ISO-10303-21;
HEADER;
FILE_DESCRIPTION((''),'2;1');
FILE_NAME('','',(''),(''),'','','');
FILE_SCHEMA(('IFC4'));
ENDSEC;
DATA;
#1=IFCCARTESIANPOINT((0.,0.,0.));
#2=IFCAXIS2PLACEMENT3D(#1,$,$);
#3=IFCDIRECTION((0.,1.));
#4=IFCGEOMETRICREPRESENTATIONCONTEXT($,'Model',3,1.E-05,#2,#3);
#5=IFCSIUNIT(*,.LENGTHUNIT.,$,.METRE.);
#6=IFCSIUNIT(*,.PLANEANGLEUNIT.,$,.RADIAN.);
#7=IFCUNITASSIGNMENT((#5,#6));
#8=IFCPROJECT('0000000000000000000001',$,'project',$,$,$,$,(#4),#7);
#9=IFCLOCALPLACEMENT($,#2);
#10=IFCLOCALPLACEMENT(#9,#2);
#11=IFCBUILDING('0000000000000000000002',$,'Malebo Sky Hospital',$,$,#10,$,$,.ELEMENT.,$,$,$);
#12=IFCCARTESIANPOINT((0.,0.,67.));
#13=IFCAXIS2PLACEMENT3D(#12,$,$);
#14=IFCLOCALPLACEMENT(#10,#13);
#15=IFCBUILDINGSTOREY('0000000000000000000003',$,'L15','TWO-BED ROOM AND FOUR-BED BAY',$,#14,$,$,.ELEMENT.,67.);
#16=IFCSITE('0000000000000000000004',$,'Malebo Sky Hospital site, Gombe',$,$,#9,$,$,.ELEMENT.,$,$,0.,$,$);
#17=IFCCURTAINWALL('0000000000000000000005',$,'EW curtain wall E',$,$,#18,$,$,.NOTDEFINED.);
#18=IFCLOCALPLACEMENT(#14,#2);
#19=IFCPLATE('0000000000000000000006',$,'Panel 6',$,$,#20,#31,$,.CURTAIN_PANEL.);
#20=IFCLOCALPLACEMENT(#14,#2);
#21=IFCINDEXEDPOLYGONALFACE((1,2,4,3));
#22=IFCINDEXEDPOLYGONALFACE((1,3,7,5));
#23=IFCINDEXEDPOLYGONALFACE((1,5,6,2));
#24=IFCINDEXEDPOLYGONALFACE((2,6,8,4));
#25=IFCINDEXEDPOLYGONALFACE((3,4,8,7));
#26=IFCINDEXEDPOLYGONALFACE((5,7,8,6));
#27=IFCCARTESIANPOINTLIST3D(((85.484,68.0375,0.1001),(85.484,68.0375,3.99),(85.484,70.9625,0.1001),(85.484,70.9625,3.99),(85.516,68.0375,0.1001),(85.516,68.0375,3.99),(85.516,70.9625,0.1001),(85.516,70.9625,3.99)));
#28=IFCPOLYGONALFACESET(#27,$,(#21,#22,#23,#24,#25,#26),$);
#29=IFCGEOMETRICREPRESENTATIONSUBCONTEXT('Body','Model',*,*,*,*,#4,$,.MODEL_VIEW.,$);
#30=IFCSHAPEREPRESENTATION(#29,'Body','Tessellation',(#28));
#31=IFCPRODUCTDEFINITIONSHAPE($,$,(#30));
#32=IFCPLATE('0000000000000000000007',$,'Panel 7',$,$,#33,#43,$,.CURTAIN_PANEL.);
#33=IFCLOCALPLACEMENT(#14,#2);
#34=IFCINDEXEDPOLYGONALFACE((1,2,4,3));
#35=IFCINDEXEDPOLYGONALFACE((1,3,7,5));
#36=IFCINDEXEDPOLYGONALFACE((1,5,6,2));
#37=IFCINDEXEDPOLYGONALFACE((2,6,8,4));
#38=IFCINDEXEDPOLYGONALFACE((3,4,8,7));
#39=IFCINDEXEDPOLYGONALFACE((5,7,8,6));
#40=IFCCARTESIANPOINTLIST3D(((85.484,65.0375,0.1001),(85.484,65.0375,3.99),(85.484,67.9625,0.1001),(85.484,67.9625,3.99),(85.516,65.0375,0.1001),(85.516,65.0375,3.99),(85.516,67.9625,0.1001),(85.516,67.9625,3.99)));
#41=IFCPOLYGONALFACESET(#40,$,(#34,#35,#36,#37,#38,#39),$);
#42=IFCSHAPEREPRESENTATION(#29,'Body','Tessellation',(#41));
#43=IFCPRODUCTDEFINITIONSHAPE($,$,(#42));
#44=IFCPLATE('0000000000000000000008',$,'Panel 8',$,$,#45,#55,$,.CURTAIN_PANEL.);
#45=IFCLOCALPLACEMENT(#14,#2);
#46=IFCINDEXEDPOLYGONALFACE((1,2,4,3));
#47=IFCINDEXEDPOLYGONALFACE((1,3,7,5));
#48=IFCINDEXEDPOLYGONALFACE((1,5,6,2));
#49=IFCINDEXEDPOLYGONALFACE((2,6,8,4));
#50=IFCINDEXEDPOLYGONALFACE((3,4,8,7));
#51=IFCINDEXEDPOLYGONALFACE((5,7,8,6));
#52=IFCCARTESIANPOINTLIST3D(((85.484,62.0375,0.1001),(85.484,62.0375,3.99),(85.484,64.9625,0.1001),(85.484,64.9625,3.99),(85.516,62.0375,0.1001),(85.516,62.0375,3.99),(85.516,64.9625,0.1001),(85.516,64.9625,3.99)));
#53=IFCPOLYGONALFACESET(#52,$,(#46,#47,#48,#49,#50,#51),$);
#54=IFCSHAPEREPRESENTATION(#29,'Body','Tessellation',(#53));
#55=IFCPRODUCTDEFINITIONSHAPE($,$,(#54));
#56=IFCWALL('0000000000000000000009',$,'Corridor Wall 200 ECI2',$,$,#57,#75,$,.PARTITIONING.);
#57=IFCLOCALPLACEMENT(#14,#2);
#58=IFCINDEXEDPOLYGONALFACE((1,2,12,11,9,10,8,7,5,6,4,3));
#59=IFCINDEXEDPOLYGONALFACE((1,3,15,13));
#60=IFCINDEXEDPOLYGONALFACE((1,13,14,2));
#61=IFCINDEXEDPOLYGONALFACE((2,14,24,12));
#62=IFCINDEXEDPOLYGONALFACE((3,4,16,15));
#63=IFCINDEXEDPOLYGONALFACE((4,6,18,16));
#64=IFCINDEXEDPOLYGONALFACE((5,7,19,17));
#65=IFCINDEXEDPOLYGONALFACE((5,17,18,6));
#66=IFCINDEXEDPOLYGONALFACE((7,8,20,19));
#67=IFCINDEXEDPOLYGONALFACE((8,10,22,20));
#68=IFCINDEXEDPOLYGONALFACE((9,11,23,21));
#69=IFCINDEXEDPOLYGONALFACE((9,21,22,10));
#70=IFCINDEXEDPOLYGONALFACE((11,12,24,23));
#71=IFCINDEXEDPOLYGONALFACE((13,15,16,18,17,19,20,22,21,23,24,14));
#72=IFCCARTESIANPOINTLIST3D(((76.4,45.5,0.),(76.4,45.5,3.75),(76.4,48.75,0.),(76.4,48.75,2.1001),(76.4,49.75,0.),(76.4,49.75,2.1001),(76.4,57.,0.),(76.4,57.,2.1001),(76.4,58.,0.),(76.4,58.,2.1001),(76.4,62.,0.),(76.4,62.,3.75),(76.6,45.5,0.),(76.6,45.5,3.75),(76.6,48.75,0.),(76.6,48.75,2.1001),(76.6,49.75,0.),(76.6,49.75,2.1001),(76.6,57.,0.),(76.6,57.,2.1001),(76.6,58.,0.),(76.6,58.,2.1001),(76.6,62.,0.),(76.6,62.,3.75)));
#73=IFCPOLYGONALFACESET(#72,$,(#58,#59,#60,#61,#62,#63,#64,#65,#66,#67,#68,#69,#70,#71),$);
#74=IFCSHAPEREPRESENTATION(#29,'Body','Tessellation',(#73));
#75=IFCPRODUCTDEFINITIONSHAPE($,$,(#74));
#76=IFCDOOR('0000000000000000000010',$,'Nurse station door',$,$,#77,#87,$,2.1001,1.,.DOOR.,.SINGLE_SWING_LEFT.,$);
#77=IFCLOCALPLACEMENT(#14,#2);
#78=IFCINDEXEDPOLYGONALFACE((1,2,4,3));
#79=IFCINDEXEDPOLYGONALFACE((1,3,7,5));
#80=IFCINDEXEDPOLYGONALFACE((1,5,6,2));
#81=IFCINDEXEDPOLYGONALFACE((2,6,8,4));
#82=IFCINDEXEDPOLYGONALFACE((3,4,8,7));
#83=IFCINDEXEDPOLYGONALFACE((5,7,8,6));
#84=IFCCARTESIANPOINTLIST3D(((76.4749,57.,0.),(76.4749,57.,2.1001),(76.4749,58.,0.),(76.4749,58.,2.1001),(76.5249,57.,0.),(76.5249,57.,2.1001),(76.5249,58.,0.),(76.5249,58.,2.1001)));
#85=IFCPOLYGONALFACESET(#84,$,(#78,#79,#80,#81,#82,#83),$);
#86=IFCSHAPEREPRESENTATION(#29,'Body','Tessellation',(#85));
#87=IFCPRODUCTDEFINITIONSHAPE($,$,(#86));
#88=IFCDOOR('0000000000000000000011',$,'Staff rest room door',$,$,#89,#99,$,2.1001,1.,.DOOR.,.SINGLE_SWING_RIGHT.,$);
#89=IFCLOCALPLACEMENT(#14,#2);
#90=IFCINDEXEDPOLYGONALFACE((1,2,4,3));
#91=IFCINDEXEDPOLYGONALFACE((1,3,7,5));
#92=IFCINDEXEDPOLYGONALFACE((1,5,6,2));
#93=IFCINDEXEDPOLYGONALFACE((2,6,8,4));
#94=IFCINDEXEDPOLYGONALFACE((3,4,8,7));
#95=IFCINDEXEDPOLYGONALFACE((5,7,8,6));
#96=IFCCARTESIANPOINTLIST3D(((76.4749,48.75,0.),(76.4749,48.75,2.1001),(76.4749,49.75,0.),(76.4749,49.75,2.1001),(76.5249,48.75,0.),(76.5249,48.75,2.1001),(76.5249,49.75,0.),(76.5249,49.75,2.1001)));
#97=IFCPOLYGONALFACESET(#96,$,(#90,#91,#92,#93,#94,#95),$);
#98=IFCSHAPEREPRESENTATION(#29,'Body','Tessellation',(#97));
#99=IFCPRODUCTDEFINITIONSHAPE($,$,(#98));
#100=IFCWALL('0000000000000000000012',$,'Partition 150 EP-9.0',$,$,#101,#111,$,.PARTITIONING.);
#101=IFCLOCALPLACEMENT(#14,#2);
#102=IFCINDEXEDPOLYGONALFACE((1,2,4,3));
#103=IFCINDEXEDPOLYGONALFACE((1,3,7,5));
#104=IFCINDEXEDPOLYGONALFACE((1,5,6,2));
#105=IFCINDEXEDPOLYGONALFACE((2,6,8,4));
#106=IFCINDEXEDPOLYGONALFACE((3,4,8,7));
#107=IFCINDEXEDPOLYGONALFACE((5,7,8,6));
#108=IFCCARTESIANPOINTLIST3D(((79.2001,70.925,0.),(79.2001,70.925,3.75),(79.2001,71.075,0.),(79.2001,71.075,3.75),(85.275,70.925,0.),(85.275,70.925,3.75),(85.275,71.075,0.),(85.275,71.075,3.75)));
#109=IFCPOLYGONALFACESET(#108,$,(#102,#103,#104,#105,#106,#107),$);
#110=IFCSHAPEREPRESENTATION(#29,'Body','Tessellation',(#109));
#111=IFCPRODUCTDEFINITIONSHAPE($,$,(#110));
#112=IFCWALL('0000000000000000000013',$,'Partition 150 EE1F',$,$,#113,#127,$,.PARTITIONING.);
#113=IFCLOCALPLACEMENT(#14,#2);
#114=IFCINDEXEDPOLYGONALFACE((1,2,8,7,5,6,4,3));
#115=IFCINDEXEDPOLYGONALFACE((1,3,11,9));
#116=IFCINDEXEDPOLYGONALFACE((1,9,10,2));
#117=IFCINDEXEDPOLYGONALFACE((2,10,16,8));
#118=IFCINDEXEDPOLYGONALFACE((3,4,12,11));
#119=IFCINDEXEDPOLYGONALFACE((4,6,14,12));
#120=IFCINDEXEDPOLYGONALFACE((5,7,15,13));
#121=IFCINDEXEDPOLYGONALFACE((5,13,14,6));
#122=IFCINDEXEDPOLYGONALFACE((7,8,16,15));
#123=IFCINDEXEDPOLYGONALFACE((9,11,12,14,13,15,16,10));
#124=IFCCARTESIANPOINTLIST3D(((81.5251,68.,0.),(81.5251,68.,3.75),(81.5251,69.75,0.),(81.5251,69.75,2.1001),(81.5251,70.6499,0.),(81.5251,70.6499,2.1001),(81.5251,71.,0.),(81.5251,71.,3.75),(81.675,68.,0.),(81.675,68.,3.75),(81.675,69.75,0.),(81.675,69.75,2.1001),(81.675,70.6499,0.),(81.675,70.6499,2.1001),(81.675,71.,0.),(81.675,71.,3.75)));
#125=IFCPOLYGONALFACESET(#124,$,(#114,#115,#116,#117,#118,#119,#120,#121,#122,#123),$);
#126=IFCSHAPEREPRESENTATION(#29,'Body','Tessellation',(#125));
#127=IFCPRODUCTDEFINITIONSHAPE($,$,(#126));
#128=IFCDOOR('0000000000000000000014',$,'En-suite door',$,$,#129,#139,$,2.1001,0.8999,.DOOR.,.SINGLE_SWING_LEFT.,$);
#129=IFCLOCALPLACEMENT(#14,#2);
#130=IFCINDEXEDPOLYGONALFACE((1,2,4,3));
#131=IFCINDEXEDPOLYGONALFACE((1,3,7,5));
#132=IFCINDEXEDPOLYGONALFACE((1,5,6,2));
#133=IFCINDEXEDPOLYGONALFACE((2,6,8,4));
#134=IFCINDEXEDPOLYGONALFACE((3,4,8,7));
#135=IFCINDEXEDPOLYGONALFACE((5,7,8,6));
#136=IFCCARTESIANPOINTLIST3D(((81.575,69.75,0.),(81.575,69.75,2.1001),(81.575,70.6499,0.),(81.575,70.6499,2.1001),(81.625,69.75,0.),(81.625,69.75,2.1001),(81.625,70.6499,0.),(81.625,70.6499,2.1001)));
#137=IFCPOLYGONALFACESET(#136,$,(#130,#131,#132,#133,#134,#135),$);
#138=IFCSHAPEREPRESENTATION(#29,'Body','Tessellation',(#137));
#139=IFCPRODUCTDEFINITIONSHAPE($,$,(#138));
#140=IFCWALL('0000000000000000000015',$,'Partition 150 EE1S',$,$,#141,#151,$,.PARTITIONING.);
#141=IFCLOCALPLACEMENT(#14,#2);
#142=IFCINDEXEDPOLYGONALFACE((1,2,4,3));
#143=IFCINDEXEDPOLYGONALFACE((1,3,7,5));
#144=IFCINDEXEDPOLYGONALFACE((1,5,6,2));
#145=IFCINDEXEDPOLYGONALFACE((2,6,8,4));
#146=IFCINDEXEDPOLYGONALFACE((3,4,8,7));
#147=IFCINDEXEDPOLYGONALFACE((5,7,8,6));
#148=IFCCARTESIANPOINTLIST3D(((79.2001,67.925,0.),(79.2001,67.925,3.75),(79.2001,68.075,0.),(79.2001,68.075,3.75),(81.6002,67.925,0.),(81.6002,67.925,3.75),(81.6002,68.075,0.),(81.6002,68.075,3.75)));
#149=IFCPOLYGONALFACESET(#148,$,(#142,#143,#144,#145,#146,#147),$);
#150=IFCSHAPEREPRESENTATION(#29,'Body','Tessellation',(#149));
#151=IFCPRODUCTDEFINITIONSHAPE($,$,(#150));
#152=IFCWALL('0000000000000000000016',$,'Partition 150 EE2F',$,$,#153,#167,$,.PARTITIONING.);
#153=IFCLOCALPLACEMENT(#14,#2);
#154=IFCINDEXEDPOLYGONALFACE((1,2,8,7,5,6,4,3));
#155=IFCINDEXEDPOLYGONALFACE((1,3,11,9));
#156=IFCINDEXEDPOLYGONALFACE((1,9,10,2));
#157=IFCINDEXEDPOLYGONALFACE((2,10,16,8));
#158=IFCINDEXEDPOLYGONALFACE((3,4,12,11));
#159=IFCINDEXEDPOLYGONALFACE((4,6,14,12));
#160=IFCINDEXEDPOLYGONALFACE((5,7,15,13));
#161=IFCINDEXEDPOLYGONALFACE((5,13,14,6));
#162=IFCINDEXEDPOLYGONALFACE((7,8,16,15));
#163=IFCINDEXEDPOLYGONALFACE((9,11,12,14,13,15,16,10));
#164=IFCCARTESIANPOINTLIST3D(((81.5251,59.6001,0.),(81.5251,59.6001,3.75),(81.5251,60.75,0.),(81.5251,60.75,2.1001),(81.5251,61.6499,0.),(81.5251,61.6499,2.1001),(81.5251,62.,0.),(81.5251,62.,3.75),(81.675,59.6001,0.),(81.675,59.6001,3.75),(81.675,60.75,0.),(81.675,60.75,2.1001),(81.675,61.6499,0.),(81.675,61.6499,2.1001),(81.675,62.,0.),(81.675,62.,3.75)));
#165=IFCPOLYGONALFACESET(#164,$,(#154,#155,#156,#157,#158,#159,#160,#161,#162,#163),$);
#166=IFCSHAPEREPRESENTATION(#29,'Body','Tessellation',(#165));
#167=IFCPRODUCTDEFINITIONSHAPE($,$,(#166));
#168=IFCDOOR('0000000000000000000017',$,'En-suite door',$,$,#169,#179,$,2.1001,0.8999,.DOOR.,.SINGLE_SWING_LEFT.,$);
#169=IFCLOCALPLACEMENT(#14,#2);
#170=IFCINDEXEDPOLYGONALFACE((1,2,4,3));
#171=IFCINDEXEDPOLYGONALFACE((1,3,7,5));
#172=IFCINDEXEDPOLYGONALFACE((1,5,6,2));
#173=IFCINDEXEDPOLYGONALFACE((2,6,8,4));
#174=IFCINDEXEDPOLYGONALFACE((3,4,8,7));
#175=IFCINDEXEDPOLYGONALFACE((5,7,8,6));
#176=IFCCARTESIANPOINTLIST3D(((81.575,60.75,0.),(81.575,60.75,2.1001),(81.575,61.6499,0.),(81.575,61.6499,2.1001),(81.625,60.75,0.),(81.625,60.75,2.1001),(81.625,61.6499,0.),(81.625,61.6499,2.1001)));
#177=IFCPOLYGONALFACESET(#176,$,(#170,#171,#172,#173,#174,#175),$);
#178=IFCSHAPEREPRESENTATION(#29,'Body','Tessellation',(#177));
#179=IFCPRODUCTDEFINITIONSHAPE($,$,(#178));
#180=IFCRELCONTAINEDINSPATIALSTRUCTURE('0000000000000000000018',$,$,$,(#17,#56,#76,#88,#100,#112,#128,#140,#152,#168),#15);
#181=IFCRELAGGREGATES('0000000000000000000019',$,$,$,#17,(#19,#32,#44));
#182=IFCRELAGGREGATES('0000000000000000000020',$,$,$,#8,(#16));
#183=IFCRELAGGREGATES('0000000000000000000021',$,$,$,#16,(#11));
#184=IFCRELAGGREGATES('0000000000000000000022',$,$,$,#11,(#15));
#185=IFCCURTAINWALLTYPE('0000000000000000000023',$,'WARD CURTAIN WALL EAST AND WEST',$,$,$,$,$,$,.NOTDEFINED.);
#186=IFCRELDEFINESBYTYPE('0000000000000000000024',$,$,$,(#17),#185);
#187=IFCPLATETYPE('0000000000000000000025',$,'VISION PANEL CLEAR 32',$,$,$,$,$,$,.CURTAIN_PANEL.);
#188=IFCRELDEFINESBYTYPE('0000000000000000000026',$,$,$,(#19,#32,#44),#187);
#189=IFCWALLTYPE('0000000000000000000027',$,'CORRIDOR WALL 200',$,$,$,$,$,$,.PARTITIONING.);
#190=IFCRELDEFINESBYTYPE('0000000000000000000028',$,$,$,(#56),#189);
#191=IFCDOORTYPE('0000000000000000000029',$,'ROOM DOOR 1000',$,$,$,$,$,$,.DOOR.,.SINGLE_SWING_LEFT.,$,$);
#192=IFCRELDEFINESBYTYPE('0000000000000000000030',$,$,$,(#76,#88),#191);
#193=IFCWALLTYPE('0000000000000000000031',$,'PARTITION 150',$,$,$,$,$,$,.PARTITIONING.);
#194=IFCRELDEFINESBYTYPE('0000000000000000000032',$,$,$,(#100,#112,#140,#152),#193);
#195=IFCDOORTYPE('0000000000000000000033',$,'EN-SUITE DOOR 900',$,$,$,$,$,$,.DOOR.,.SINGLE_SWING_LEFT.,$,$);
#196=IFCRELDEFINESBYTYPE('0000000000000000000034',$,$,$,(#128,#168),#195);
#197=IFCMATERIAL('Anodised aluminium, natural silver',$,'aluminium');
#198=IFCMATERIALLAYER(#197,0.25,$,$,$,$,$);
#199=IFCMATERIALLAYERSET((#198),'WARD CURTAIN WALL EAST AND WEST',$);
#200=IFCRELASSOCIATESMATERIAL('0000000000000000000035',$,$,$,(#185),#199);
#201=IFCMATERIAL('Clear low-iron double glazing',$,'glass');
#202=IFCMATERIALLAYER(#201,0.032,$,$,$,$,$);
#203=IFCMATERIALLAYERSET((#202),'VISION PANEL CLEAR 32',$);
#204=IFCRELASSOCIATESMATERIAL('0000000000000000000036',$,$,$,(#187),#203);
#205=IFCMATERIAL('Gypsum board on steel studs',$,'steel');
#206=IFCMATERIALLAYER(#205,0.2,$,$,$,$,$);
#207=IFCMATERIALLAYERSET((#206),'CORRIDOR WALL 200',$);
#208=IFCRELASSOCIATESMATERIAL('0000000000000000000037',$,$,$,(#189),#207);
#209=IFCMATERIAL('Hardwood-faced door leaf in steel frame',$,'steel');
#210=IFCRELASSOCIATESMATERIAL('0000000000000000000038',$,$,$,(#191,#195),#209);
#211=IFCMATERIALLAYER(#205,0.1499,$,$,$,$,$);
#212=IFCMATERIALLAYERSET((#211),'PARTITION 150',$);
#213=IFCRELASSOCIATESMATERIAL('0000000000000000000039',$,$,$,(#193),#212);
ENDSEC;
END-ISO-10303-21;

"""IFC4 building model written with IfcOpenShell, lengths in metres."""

from ifc_helpers import new_model, si_unit, direction, frame, frame_2d, origin, origin_2d, place, context, subcontext, project, spatial, rectangle, extrude, material, layer, layer_set, type_object, element, fill, aggregate, save


model = new_model("IFC4")

# Units and contexts
model_context = context("Model", 3, precision=1e-05, world=origin(), true_north=direction((0.0, 1.0)))
body_context = subcontext(model_context, "Body", "Model", "MODEL_VIEW")
ifc_project = project(units=[si_unit("LENGTHUNIT", "METRE"), si_unit("PLANEANGLEUNIT", "RADIAN")], contexts=[model_context])

# Site, building, storey
site_placement = place(None, origin())
site = spatial("IfcSite", under=ifc_project, at=site_placement, Name="Malebo Sky Hospital site, Gombe", CompositionType="ELEMENT", RefElevation=0.0)
building_placement = place(site_placement, origin())
building = spatial("IfcBuilding", under=site, at=building_placement, Name="Malebo Sky Hospital", CompositionType="ELEMENT")
storey_placement = place(building_placement, frame((0.0, 0.0, 67.0)))
storey = spatial("IfcBuildingStorey", under=building, at=storey_placement, Name="L15", Description="TWO-BED ROOM AND FOUR-BED BAY", CompositionType="ELEMENT", Elevation=67.0)

# Curtain wall
ifc_material_1 = material(Name="Anodised aluminium, natural silver", Category="aluminium")
ifc_layer_1 = layer(ifc_material_1, 0.25)
ifc_layer_set_1 = layer_set([ifc_layer_1], Name="WARD CURTAIN WALL EAST AND WEST")
curtain_wall_type = type_object("IfcCurtainWallType", Name="WARD CURTAIN WALL EAST AND WEST", PredefinedType="NOTDEFINED", material=ifc_layer_set_1)
curtain_wall_placement = place(storey_placement, origin())
curtain_wall = element("IfcCurtainWall", 1, at=curtain_wall_placement, inside=storey, type_object=curtain_wall_type, Name="EW curtain wall E", PredefinedType="NOTDEFINED")

# Plates
ifc_material_2 = material(Name="Clear low-iron double glazing", Category="glass")
ifc_layer_2 = layer(ifc_material_2, 0.032)
ifc_layer_set_2 = layer_set([ifc_layer_2], Name="VISION PANEL CLEAR 32")
plate_type = type_object("IfcPlateType", Name="VISION PANEL CLEAR 32", PredefinedType="CURTAIN_PANEL", material=ifc_layer_set_2)
plate_1_placement = place(storey_placement, frame((85.5, 69.5, 0.1001), z_axis=(0.0, 0.0, 1.0), x_axis=(0.0, -1.0, 0.0)))
plate_1 = element("IfcPlate", 2, at=plate_1_placement, type_object=plate_type, Name="Panel 6", PredefinedType="CURTAIN_PANEL", context=body_context, shape_type="SweptSolid", body=[
    extrude(rectangle(XDim=2.925, YDim=0.032, at=origin_2d()), origin(), (0.0, 0.0, 1.0), 3.8899),
])
plate_2_placement = place(storey_placement, frame((85.5, 66.5, 0.1001), z_axis=(0.0, 0.0, 1.0), x_axis=(0.0, -1.0, 0.0)))
plate_2 = element("IfcPlate", 3, at=plate_2_placement, type_object=plate_type, Name="Panel 7", PredefinedType="CURTAIN_PANEL", context=body_context, shape_type="SweptSolid", body=[
    extrude(rectangle(XDim=2.925, YDim=0.032, at=origin_2d()), origin(), (0.0, 0.0, 1.0), 3.8899),
])
plate_3_placement = place(storey_placement, frame((85.5, 63.5, 0.1001), z_axis=(0.0, 0.0, 1.0), x_axis=(0.0, -1.0, 0.0)))
plate_3 = element("IfcPlate", 4, at=plate_3_placement, type_object=plate_type, Name="Panel 8", PredefinedType="CURTAIN_PANEL", context=body_context, shape_type="SweptSolid", body=[
    extrude(rectangle(XDim=2.925, YDim=0.032, at=origin_2d()), origin(), (0.0, 0.0, 1.0), 3.8899),
])
aggregate(curtain_wall, [plate_1, plate_2, plate_3])

# Wall, openings, doors
ifc_material_3 = material(Name="Gypsum board on steel studs", Category="steel")
ifc_layer_3 = layer(ifc_material_3, 0.2)
ifc_layer_set_3 = layer_set([ifc_layer_3], Name="CORRIDOR WALL 200")
wall_type_1 = type_object("IfcWallType", Name="CORRIDOR WALL 200", PredefinedType="PARTITIONING", material=ifc_layer_set_3)
wall_1_placement = place(storey_placement, frame((76.5, 62.0, 0.0), z_axis=(0.0, 0.0, 1.0), x_axis=(0.0, -1.0, 0.0)))
wall_1 = element("IfcWall", 5, at=wall_1_placement, inside=storey, type_object=wall_type_1, Name="Corridor Wall 200 ECI2", PredefinedType="PARTITIONING", context=body_context, shape_type="SweptSolid", body=[
    extrude(rectangle(XDim=16.5, YDim=0.2, at=frame_2d((8.25, 0.0))), origin(), (0.0, 0.0, 1.0), 3.75),
])
opening_1_placement = place(wall_1_placement, frame((4.0, 0.0, 0.0)))
opening_1 = element("IfcOpeningElement", 6, at=opening_1_placement, cuts=wall_1, PredefinedType="OPENING", context=body_context, shape_type="SweptSolid", body=[
    extrude(rectangle(XDim=1.0, YDim=2.1001, at=frame_2d((0.5, 1.05))), frame((0.0, 0.1099, 0.0), z_axis=(0.0, -1.0, 0.0), x_axis=(1.0, 0.0, 0.0)), (0.0, 0.0, 1.0), 0.22),
])
opening_2_placement = place(wall_1_placement, frame((12.25, 0.0, 0.0)))
opening_2 = element("IfcOpeningElement", 7, at=opening_2_placement, cuts=wall_1, PredefinedType="OPENING", context=body_context, shape_type="SweptSolid", body=[
    extrude(rectangle(XDim=1.0, YDim=2.1001, at=frame_2d((0.5, 1.05))), frame((0.0, 0.1099, 0.0), z_axis=(0.0, -1.0, 0.0), x_axis=(1.0, 0.0, 0.0)), (0.0, 0.0, 1.0), 0.22),
])
ifc_material_4 = material(Name="Hardwood-faced door leaf in steel frame", Category="steel")
door_type_1 = type_object("IfcDoorType", Name="ROOM DOOR 1000", OperationType="SINGLE_SWING_LEFT", PredefinedType="DOOR", material=ifc_material_4)
door_1_placement = place(opening_1_placement, origin())
door_1 = element("IfcDoor", 8, at=door_1_placement, inside=storey, type_object=door_type_1, Name="Nurse station door", OperationType="SINGLE_SWING_LEFT", OverallHeight=2.1001, OverallWidth=1.0, PredefinedType="DOOR", context=body_context, shape_type="SweptSolid", body=[
    extrude(rectangle(XDim=1.0, YDim=2.1001, at=frame_2d((0.5, 1.05))), frame((0.0, 0.0249, 0.0), z_axis=(0.0, -1.0, 0.0), x_axis=(1.0, 0.0, 0.0)), (0.0, 0.0, 1.0), 0.05),
])
fill(opening_1, door_1)
door_2_placement = place(opening_2_placement, origin())
door_2 = element("IfcDoor", 9, at=door_2_placement, inside=storey, type_object=door_type_1, Name="Staff rest room door", OperationType="SINGLE_SWING_RIGHT", OverallHeight=2.1001, OverallWidth=1.0, PredefinedType="DOOR", context=body_context, shape_type="SweptSolid", body=[
    extrude(rectangle(XDim=1.0, YDim=2.1001, at=frame_2d((0.5, 1.05))), frame((0.0, 0.0249, 0.0), z_axis=(0.0, -1.0, 0.0), x_axis=(1.0, 0.0, 0.0)), (0.0, 0.0, 1.0), 0.05),
])
fill(opening_2, door_2)

# Wall
ifc_layer_4 = layer(ifc_material_3, 0.1499)
ifc_layer_set_4 = layer_set([ifc_layer_4], Name="PARTITION 150")
wall_type_2 = type_object("IfcWallType", Name="PARTITION 150", PredefinedType="PARTITIONING", material=ifc_layer_set_4)
wall_2_placement = place(storey_placement, frame((79.2, 71.0, 0.0), z_axis=(0.0, 0.0, 1.0), x_axis=(1.0, 0.0, 0.0)))
element("IfcWall", 10, at=wall_2_placement, inside=storey, type_object=wall_type_2, Name="Partition 150 EP-9.0", PredefinedType="PARTITIONING", context=body_context, shape_type="SweptSolid", body=[
    extrude(rectangle(XDim=6.075, YDim=0.1499, at=frame_2d((3.0376, 0.0))), origin(), (0.0, 0.0, 1.0), 3.75),
])

# Wall, opening, door
wall_3_placement = place(storey_placement, frame((81.6001, 71.0, 0.0), z_axis=(0.0, 0.0, 1.0), x_axis=(0.0, -1.0, 0.0)))
wall_3 = element("IfcWall", 11, at=wall_3_placement, inside=storey, type_object=wall_type_2, Name="Partition 150 EE1F", PredefinedType="PARTITIONING", context=body_context, shape_type="SweptSolid", body=[
    extrude(rectangle(XDim=3.0, YDim=0.1499, at=frame_2d((1.5, 0.0))), origin(), (0.0, 0.0, 1.0), 3.75),
])
opening_3_placement = place(wall_3_placement, frame((0.3501, 0.0, 0.0)))
opening_3 = element("IfcOpeningElement", 12, at=opening_3_placement, cuts=wall_3, PredefinedType="OPENING", context=body_context, shape_type="SweptSolid", body=[
    extrude(rectangle(XDim=0.8999, YDim=2.1001, at=frame_2d((0.45, 1.05))), frame((0.0, 0.085, 0.0), z_axis=(0.0, -1.0, 0.0), x_axis=(1.0, 0.0, 0.0)), (0.0, 0.0, 1.0), 0.1699),
])
door_type_2 = type_object("IfcDoorType", Name="EN-SUITE DOOR 900", OperationType="SINGLE_SWING_LEFT", PredefinedType="DOOR", material=ifc_material_4)
door_3_placement = place(opening_3_placement, origin())
door_3 = element("IfcDoor", 13, at=door_3_placement, inside=storey, type_object=door_type_2, Name="En-suite door", OperationType="SINGLE_SWING_LEFT", OverallHeight=2.1001, OverallWidth=0.8999, PredefinedType="DOOR", context=body_context, shape_type="SweptSolid", body=[
    extrude(rectangle(XDim=0.8999, YDim=2.1001, at=frame_2d((0.45, 1.05))), frame((0.0, 0.0249, 0.0), z_axis=(0.0, -1.0, 0.0), x_axis=(1.0, 0.0, 0.0)), (0.0, 0.0, 1.0), 0.05),
])
fill(opening_3, door_3)

# Wall
wall_4_placement = place(storey_placement, frame((79.2, 68.0, 0.0), z_axis=(0.0, 0.0, 1.0), x_axis=(1.0, 0.0, 0.0)))
element("IfcWall", 14, at=wall_4_placement, inside=storey, type_object=wall_type_2, Name="Partition 150 EE1S", PredefinedType="PARTITIONING", context=body_context, shape_type="SweptSolid", body=[
    extrude(rectangle(XDim=2.4001, YDim=0.1499, at=frame_2d((1.2002, 0.0))), origin(), (0.0, 0.0, 1.0), 3.75),
])

# Wall, opening, door
wall_5_placement = place(storey_placement, frame((81.6001, 62.0, 0.0), z_axis=(0.0, 0.0, 1.0), x_axis=(0.0, -1.0, 0.0)))
wall_5 = element("IfcWall", 15, at=wall_5_placement, inside=storey, type_object=wall_type_2, Name="Partition 150 EE2F", PredefinedType="PARTITIONING", context=body_context, shape_type="SweptSolid", body=[
    extrude(rectangle(XDim=2.3999, YDim=0.1499, at=frame_2d((1.2, 0.0))), origin(), (0.0, 0.0, 1.0), 3.75),
])
opening_4_placement = place(wall_5_placement, frame((0.3501, 0.0, 0.0)))
opening_4 = element("IfcOpeningElement", 16, at=opening_4_placement, cuts=wall_5, PredefinedType="OPENING", context=body_context, shape_type="SweptSolid", body=[
    extrude(rectangle(XDim=0.8999, YDim=2.1001, at=frame_2d((0.45, 1.05))), frame((0.0, 0.085, 0.0), z_axis=(0.0, -1.0, 0.0), x_axis=(1.0, 0.0, 0.0)), (0.0, 0.0, 1.0), 0.1699),
])
door_4_placement = place(opening_4_placement, origin())
door_4 = element("IfcDoor", 17, at=door_4_placement, inside=storey, type_object=door_type_2, Name="En-suite door", OperationType="SINGLE_SWING_LEFT", OverallHeight=2.1001, OverallWidth=0.8999, PredefinedType="DOOR", context=body_context, shape_type="SweptSolid", body=[
    extrude(rectangle(XDim=0.8999, YDim=2.1001, at=frame_2d((0.45, 1.05))), frame((0.0, 0.0249, 0.0), z_axis=(0.0, -1.0, 0.0), x_axis=(1.0, 0.0, 0.0)), (0.0, 0.0, 1.0), 0.05),
])
fill(opening_4, door_4)

save(model, "model.ifc")
